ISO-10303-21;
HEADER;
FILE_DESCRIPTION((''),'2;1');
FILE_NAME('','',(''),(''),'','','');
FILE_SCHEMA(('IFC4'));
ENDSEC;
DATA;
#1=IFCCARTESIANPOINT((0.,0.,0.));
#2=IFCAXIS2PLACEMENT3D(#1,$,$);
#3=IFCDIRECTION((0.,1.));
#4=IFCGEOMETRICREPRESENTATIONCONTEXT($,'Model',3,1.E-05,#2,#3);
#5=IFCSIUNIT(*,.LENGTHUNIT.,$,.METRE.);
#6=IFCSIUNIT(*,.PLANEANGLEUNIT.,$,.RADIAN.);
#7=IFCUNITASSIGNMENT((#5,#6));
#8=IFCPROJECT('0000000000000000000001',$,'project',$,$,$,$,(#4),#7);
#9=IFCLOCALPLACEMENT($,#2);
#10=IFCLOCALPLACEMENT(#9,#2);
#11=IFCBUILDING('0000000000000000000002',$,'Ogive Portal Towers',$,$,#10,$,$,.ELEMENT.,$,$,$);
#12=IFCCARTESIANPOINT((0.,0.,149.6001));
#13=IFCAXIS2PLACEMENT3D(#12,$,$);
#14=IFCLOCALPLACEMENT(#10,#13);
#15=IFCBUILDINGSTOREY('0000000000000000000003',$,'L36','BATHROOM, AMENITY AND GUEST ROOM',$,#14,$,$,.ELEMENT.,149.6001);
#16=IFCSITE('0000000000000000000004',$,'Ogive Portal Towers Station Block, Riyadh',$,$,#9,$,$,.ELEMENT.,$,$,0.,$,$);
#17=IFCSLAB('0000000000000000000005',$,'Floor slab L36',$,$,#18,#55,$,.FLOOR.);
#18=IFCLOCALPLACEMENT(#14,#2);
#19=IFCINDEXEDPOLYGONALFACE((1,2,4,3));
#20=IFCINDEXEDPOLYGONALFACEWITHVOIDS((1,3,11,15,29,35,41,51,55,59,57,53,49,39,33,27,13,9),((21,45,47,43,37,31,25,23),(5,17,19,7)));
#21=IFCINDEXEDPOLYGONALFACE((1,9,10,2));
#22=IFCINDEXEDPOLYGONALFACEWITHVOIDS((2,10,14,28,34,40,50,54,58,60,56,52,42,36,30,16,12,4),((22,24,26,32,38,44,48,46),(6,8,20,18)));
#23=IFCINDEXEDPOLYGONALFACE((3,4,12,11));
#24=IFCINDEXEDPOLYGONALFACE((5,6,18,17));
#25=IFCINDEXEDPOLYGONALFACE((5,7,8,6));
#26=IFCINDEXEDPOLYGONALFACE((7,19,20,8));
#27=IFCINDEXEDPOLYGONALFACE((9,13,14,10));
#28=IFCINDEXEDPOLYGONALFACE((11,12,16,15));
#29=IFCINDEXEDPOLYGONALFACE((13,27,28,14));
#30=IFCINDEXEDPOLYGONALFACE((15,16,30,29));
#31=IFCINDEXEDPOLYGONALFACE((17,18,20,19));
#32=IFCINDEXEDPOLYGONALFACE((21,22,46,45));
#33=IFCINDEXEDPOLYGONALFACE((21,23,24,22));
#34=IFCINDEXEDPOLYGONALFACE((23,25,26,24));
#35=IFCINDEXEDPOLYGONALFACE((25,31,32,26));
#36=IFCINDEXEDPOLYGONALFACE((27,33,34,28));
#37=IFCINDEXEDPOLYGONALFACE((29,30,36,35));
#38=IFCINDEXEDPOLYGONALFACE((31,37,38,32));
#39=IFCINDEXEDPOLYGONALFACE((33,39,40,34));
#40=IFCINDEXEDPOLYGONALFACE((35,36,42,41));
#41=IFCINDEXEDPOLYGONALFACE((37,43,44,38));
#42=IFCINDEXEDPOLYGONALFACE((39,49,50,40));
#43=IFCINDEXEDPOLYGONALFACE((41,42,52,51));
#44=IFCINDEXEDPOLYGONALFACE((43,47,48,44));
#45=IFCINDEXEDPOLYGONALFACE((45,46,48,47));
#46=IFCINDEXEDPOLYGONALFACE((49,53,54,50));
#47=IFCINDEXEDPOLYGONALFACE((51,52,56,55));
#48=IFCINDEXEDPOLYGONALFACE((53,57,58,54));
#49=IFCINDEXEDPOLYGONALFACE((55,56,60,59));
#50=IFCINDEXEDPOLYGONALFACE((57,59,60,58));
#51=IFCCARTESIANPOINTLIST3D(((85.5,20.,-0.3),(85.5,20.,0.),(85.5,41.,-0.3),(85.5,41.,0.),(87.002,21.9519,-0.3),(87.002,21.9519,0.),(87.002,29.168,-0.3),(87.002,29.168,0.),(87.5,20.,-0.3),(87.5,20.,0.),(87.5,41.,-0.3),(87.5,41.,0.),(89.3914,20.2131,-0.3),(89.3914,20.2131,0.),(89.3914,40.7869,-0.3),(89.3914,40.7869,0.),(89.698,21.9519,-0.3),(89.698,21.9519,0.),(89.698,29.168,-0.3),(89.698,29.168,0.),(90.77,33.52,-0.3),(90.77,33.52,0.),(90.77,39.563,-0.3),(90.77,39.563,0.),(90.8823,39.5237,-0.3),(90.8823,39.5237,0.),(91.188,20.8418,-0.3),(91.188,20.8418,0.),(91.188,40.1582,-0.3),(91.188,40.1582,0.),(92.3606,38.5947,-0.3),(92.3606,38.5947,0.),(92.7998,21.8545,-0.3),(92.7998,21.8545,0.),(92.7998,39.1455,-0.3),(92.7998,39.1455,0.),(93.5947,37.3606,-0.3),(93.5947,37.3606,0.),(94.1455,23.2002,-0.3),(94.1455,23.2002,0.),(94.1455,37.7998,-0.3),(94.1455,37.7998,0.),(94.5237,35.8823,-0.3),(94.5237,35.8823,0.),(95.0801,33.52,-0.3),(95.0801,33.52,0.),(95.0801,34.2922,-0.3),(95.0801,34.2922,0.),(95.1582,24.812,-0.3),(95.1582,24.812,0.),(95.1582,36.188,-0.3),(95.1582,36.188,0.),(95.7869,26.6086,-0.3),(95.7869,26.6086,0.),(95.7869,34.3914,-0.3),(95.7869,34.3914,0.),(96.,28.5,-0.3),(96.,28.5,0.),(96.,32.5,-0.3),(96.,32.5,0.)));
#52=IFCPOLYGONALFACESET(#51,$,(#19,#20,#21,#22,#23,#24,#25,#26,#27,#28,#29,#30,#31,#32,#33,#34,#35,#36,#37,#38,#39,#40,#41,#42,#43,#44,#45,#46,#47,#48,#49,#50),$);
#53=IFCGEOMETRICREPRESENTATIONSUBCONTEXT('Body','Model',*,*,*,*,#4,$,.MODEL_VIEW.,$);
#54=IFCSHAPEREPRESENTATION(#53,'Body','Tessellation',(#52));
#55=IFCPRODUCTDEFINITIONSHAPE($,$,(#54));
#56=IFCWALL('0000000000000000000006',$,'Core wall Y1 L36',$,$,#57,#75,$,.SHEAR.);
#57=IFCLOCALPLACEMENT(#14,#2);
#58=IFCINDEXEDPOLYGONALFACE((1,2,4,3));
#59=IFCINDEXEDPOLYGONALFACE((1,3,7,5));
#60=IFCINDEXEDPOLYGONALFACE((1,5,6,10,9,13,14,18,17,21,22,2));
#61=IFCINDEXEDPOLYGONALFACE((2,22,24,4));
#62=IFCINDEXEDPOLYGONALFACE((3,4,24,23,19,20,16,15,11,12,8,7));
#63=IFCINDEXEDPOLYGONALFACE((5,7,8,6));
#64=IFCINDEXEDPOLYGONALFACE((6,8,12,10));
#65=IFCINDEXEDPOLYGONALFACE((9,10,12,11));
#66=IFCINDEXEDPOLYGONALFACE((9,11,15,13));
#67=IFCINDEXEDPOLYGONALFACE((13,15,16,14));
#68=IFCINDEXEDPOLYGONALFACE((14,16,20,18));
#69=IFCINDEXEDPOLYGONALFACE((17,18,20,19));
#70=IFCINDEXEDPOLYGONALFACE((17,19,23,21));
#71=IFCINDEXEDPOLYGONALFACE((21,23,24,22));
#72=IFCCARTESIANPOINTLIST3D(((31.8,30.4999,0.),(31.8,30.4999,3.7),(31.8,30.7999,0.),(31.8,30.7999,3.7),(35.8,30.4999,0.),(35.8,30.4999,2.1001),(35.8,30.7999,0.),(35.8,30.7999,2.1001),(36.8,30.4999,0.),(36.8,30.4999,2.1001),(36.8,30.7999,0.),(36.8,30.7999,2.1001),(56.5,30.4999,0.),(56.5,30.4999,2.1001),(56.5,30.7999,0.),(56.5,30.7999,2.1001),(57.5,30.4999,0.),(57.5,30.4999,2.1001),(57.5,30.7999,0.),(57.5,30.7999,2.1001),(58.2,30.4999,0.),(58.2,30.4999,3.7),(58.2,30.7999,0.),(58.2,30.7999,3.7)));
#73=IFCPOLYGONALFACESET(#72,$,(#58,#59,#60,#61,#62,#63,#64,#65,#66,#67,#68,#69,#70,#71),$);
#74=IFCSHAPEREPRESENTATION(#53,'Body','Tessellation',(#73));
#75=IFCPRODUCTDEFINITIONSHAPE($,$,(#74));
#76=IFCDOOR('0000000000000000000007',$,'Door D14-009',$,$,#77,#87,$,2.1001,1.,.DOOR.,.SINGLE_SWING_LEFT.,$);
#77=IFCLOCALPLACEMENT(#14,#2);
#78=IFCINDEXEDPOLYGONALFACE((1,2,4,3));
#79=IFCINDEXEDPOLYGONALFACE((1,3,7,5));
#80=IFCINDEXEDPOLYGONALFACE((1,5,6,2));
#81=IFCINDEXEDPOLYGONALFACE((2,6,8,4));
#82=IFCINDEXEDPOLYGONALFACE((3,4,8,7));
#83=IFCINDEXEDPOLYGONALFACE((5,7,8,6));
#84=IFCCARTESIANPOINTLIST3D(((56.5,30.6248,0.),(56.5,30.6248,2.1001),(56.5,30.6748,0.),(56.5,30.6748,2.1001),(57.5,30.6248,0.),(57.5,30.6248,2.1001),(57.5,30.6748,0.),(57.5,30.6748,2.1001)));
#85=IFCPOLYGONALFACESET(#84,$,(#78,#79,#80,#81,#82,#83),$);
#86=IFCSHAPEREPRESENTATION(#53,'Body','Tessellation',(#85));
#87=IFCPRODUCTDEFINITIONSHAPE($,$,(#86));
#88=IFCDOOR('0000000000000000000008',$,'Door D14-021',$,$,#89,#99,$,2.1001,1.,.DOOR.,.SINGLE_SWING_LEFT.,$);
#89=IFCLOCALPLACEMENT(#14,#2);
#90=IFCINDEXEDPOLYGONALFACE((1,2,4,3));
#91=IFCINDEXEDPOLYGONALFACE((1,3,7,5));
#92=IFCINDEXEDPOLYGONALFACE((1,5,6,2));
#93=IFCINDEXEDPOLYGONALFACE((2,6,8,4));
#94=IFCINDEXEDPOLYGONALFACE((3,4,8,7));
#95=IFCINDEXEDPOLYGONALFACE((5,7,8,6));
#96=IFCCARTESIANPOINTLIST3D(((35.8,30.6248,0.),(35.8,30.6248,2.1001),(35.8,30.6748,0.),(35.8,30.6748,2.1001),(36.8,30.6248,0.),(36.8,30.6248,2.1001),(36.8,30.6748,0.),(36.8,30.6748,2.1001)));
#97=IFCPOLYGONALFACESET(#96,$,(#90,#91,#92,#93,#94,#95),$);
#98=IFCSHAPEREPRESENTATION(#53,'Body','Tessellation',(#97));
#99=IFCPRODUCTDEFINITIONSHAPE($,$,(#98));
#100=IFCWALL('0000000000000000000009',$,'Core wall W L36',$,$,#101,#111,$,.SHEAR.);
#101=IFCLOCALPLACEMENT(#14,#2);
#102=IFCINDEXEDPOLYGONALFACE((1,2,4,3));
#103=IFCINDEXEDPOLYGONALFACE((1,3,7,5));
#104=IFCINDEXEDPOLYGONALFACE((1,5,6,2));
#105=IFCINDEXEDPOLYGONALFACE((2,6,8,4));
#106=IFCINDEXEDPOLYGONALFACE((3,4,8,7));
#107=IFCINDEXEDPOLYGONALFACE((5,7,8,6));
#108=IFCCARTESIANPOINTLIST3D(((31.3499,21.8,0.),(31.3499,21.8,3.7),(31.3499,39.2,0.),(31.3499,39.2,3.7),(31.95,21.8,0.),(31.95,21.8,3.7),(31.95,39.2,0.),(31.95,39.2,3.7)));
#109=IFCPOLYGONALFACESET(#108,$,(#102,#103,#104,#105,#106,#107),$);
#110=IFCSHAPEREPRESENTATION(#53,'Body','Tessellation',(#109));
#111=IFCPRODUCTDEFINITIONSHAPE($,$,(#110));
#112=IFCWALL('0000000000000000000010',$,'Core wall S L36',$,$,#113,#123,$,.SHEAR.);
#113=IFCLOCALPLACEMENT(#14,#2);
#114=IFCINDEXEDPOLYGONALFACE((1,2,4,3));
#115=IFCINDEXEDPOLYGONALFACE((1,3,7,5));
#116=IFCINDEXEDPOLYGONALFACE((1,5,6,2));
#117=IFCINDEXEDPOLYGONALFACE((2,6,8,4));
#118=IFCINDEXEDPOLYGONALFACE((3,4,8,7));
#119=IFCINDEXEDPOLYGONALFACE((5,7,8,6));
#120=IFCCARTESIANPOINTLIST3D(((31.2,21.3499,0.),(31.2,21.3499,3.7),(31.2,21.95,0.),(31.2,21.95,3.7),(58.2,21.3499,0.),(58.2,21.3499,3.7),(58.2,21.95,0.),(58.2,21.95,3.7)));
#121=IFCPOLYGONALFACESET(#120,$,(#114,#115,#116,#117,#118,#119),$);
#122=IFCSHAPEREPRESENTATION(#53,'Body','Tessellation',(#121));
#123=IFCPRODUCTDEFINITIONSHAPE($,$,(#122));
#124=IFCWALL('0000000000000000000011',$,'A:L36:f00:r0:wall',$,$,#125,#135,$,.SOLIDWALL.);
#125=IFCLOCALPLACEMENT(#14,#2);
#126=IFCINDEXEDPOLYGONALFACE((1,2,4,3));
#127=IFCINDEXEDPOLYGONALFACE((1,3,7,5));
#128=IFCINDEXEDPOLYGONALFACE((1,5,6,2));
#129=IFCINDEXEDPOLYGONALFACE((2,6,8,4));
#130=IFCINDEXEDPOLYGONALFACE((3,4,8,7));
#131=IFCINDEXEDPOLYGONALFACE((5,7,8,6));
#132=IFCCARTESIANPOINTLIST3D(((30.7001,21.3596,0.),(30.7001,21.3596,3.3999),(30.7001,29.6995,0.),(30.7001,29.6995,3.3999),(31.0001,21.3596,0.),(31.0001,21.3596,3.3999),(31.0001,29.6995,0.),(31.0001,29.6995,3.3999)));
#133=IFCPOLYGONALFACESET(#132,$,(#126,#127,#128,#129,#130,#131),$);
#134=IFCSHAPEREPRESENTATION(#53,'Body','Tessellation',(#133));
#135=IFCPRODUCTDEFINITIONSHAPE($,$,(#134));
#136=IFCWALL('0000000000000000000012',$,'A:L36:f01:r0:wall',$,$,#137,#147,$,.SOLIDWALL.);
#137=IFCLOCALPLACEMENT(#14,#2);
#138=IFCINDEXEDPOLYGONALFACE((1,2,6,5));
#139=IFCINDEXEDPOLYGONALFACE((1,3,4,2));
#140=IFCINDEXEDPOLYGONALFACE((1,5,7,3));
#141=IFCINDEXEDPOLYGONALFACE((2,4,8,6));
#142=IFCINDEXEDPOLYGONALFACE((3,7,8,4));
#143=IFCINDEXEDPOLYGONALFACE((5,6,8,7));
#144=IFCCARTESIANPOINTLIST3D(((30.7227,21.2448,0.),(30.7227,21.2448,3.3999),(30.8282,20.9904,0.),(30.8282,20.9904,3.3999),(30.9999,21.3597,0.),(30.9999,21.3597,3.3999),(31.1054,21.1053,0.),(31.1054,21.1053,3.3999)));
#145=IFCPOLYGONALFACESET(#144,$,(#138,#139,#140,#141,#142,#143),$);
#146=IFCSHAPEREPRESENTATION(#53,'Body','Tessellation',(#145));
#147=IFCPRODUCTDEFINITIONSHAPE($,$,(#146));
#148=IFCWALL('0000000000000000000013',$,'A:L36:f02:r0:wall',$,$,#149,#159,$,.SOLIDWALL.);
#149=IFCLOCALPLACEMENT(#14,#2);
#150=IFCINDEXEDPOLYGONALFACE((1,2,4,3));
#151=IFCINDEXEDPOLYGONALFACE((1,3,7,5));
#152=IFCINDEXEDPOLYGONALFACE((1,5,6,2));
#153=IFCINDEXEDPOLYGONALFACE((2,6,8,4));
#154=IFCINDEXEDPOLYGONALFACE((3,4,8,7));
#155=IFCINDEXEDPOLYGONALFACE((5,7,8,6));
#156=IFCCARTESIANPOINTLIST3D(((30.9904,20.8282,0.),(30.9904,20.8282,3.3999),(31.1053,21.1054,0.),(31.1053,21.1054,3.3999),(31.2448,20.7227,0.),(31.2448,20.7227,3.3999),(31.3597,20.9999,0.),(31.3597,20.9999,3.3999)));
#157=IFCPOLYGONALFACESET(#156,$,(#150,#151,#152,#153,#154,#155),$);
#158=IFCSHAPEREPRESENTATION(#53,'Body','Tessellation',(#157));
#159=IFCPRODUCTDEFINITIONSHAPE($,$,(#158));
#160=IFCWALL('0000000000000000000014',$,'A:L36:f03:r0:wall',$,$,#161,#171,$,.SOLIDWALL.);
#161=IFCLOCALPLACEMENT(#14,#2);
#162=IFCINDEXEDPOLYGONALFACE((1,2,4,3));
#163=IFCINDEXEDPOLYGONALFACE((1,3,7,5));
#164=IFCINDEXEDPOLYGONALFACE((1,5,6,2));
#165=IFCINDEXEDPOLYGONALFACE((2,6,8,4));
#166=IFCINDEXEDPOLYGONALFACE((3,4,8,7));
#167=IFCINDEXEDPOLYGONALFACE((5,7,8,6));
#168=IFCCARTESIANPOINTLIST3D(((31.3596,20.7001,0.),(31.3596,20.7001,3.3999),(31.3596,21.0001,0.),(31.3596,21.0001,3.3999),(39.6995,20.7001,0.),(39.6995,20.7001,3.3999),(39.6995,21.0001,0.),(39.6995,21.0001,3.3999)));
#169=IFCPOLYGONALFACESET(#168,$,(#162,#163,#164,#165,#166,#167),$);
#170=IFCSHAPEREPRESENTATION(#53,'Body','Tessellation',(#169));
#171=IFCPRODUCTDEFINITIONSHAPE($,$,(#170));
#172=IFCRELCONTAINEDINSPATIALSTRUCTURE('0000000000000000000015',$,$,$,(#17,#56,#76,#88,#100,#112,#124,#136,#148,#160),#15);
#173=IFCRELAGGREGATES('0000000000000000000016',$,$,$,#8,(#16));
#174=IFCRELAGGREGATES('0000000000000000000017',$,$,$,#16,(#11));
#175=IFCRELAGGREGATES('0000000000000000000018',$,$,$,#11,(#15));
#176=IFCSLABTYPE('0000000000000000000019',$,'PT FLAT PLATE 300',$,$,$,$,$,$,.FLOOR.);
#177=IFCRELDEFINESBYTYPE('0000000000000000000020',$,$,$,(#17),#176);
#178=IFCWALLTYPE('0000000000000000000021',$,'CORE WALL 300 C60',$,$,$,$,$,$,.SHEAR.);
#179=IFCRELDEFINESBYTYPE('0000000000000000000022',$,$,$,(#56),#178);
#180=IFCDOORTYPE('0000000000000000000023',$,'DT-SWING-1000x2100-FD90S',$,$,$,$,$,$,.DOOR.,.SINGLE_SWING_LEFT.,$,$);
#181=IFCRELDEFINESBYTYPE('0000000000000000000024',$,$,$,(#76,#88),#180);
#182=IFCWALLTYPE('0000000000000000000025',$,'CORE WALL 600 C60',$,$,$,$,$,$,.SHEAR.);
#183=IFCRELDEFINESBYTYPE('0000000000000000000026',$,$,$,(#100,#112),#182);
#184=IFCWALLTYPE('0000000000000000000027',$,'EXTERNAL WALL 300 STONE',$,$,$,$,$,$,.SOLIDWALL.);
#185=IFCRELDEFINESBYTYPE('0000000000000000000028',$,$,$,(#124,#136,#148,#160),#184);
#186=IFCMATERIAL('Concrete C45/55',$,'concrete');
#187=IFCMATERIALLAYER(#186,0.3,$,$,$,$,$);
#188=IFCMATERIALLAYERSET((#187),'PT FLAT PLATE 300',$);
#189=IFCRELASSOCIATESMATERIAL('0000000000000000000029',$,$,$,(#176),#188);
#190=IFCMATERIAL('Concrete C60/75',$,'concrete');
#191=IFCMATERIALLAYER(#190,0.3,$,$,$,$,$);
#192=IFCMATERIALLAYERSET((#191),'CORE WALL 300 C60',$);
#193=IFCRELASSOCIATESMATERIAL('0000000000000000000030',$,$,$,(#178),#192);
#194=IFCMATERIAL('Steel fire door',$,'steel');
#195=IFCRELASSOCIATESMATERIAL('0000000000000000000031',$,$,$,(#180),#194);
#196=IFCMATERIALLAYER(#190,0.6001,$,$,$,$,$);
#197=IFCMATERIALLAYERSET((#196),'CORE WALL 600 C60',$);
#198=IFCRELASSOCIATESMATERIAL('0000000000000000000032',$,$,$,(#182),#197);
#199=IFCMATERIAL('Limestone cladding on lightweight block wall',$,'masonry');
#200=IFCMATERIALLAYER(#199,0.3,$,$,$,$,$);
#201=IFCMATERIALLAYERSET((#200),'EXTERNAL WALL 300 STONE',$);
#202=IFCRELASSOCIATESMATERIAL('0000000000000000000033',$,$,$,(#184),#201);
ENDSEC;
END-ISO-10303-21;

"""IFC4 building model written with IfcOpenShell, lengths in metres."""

from ifc_helpers import new_model, si_unit, direction, frame, frame_2d, origin, place, context, subcontext, project, spatial, polyline, rectangle, outline, extrude, material, layer, layer_set, type_object, element, fill, save


model = new_model("IFC4")

# Units and contexts
model_context = context("Model", 3, precision=1e-05, world=origin(), true_north=direction((0.0, 1.0)))
body_context = subcontext(model_context, "Body", "Model", "MODEL_VIEW")
ifc_project = project(units=[si_unit("LENGTHUNIT", "METRE"), si_unit("PLANEANGLEUNIT", "RADIAN")], contexts=[model_context])

# Site, building, storey
site_placement = place(None, origin())
site = spatial("IfcSite", under=ifc_project, at=site_placement, Name="Ogive Portal Towers Station Block, Riyadh", CompositionType="ELEMENT", RefElevation=0.0)
building_placement = place(site_placement, origin())
building = spatial("IfcBuilding", under=site, at=building_placement, Name="Ogive Portal Towers", CompositionType="ELEMENT")
storey_placement = place(building_placement, frame((0.0, 0.0, 149.6001)))
storey = spatial("IfcBuildingStorey", under=building, at=storey_placement, Name="L36", Description="BATHROOM, AMENITY AND GUEST ROOM", CompositionType="ELEMENT", Elevation=149.6001)

# Slab
ifc_material_1 = material(Name="Concrete C45/55", Category="concrete")
ifc_layer_1 = layer(ifc_material_1, 0.3)
ifc_layer_set_1 = layer_set([ifc_layer_1], Name="PT FLAT PLATE 300")
slab_type_1 = type_object("IfcSlabType", Name="PT FLAT PLATE 300", PredefinedType="FLOOR", material=ifc_layer_set_1)
slab_1_placement = place(storey_placement, frame((0.0, 0.0, -0.3)))
element("IfcSlab", 1, at=slab_1_placement, inside=storey, type_object=slab_type_1, Name="Floor slab L36", PredefinedType="FLOOR", context=body_context, shape_type="SweptSolid", body=[
    extrude(outline(polyline([(89.3914, 40.7869), (87.5, 41.0), (85.5, 41.0), (85.5, 20.0), (87.5, 20.0), (89.3914, 20.2131), (91.188, 20.8418), (92.7998, 21.8545), (94.1455, 23.2002), (95.1582, 24.812), (95.7869, 26.6086), (96.0, 28.5), (96.0, 32.5), (95.7869, 34.3914), (95.1582, 36.188), (94.1455, 37.7998), (92.7998, 39.1455), (91.188, 40.1582), (89.3914, 40.7869)]), holes=[polyline([(87.002, 21.9519), (87.002, 29.168), (89.698, 29.168), (89.698, 21.9519), (87.002, 21.9519)]), polyline([(93.5947, 37.3606), (94.5237, 35.8823), (95.0801, 34.2922), (95.0801, 33.52), (90.77, 33.52), (90.77, 39.563), (90.8823, 39.5237), (92.3606, 38.5947), (93.5947, 37.3606)])]), origin(), (0.0, 0.0, 1.0), 0.3),
])

# Wall, openings, doors
ifc_material_2 = material(Name="Concrete C60/75", Category="concrete")
ifc_layer_2 = layer(ifc_material_2, 0.3)
ifc_layer_set_2 = layer_set([ifc_layer_2], Name="CORE WALL 300 C60")
wall_type_1 = type_object("IfcWallType", Name="CORE WALL 300 C60", PredefinedType="SHEAR", material=ifc_layer_set_2)
wall_1_placement = place(storey_placement, frame((31.8, 30.6499, 0.0), z_axis=(0.0, 0.0, 1.0), x_axis=(1.0, 0.0, 0.0)))
wall_1 = element("IfcWall", 2, at=wall_1_placement, inside=storey, type_object=wall_type_1, Name="Core wall Y1 L36", PredefinedType="SHEAR", context=body_context, shape_type="SweptSolid", body=[
    extrude(rectangle(XDim=26.3999, YDim=0.3, at=frame_2d((13.2, 0.0))), origin(), (0.0, 0.0, 1.0), 3.7),
])
opening_1_placement = place(wall_1_placement, frame((24.7, 0.0, 0.0)))
opening_1 = element("IfcOpeningElement", 3, at=opening_1_placement, cuts=wall_1, PredefinedType="OPENING", context=body_context, shape_type="SweptSolid", body=[
    extrude(rectangle(XDim=1.0, YDim=2.1001, at=frame_2d((0.5, 1.05))), frame((0.0, 0.1602, 0.0), z_axis=(0.0, -1.0, 0.0), x_axis=(1.0, 0.0, 0.0)), (0.0, 0.0, 1.0), 0.3201),
])
opening_2_placement = place(wall_1_placement, frame((4.0, 0.0, 0.0)))
opening_2 = element("IfcOpeningElement", 4, at=opening_2_placement, cuts=wall_1, PredefinedType="OPENING", context=body_context, shape_type="SweptSolid", body=[
    extrude(rectangle(XDim=1.0, YDim=2.1001, at=frame_2d((0.5, 1.05))), frame((0.0, 0.1602, 0.0), z_axis=(0.0, -1.0, 0.0), x_axis=(1.0, 0.0, 0.0)), (0.0, 0.0, 1.0), 0.3201),
])
ifc_material_3 = material(Name="Steel fire door", Category="steel")
door_type_1 = type_object("IfcDoorType", Name="DT-SWING-1000x2100-FD90S", OperationType="SINGLE_SWING_LEFT", PredefinedType="DOOR", material=ifc_material_3)
door_1_placement = place(opening_1_placement, origin())
door_1 = element("IfcDoor", 5, at=door_1_placement, inside=storey, type_object=door_type_1, Name="Door D14-009", OperationType="SINGLE_SWING_LEFT", OverallHeight=2.1001, OverallWidth=1.0, PredefinedType="DOOR", context=body_context, shape_type="SweptSolid", body=[
    extrude(rectangle(XDim=1.0, YDim=2.1001, at=frame_2d((0.5, 1.05))), frame((0.0, 0.0249, 0.0), z_axis=(0.0, -1.0, 0.0), x_axis=(1.0, 0.0, 0.0)), (0.0, 0.0, 1.0), 0.05),
])
fill(opening_1, door_1)
door_2_placement = place(opening_2_placement, origin())
door_2 = element("IfcDoor", 6, at=door_2_placement, inside=storey, type_object=door_type_1, Name="Door D14-021", OperationType="SINGLE_SWING_LEFT", OverallHeight=2.1001, OverallWidth=1.0, PredefinedType="DOOR", context=body_context, shape_type="SweptSolid", body=[
    extrude(rectangle(XDim=1.0, YDim=2.1001, at=frame_2d((0.5, 1.05))), frame((0.0, 0.0249, 0.0), z_axis=(0.0, -1.0, 0.0), x_axis=(1.0, 0.0, 0.0)), (0.0, 0.0, 1.0), 0.05),
])
fill(opening_2, door_2)

# Walls
ifc_layer_3 = layer(ifc_material_2, 0.6001)
ifc_layer_set_3 = layer_set([ifc_layer_3], Name="CORE WALL 600 C60")
wall_type_2 = type_object("IfcWallType", Name="CORE WALL 600 C60", PredefinedType="SHEAR", material=ifc_layer_set_3)
wall_2_placement = place(storey_placement, frame((31.6499, 21.8, 0.0), z_axis=(0.0, 0.0, 1.0), x_axis=(0.0, 1.0, 0.0)))
element("IfcWall", 7, at=wall_2_placement, inside=storey, type_object=wall_type_2, Name="Core wall W L36", PredefinedType="SHEAR", context=body_context, shape_type="SweptSolid", body=[
    extrude(rectangle(XDim=17.3999, YDim=0.6001, at=frame_2d((8.7, 0.0))), origin(), (0.0, 0.0, 1.0), 3.7),
])
wall_3_placement = place(storey_placement, frame((31.2, 21.6499, 0.0), z_axis=(0.0, 0.0, 1.0), x_axis=(1.0, 0.0, 0.0)))
element("IfcWall", 8, at=wall_3_placement, inside=storey, type_object=wall_type_2, Name="Core wall S L36", PredefinedType="SHEAR", context=body_context, shape_type="SweptSolid", body=[
    extrude(rectangle(XDim=27.0, YDim=0.6001, at=frame_2d((13.5, 0.0))), origin(), (0.0, 0.0, 1.0), 3.7),
])
ifc_material_4 = material(Name="Limestone cladding on lightweight block wall", Category="masonry")
ifc_layer_4 = layer(ifc_material_4, 0.3)
ifc_layer_set_4 = layer_set([ifc_layer_4], Name="EXTERNAL WALL 300 STONE")
wall_type_3 = type_object("IfcWallType", Name="EXTERNAL WALL 300 STONE", PredefinedType="SOLIDWALL", material=ifc_layer_set_4)
wall_4_placement = place(storey_placement, frame((30.8501, 29.6995, 0.0), z_axis=(0.0, 0.0, 1.0), x_axis=(0.0, -1.0, 0.0)))
element("IfcWall", 9, at=wall_4_placement, inside=storey, type_object=wall_type_3, Name="A:L36:f00:r0:wall", PredefinedType="SOLIDWALL", context=body_context, shape_type="SweptSolid", body=[
    extrude(rectangle(XDim=8.3398, YDim=0.3, at=frame_2d((4.1699, 0.0))), origin(), (0.0, 0.0, 1.0), 3.3999),
])
for number, where, z_axis, x_axis, name in (
    (10, (30.8613, 21.3022, 0.0), (0.0, 0.0, 1.0), (0.382978, -0.923757, 0.0), "A:L36:f01:r0:wall"),
    (11, (31.0479, 20.9668, 0.0), (0.0, 0.0, 1.0), (0.923757, -0.382978, 0.0), "A:L36:f02:r0:wall"),
):
    element("IfcWall", number, at=place(storey_placement, frame(where, z_axis=z_axis, x_axis=x_axis)), inside=storey, type_object=wall_type_3, Name=name, PredefinedType="SOLIDWALL", context=body_context, shape_type="SweptSolid", body=[
        extrude(rectangle(XDim=0.2754, YDim=0.3, at=frame_2d((0.1377, 0.0))), origin(), (0.0, 0.0, 1.0), 3.3999),
    ])
wall_5_placement = place(storey_placement, frame((31.3596, 20.8501, 0.0), z_axis=(0.0, 0.0, 1.0), x_axis=(1.0, 0.0, 0.0)))
element("IfcWall", 12, at=wall_5_placement, inside=storey, type_object=wall_type_3, Name="A:L36:f03:r0:wall", PredefinedType="SOLIDWALL", context=body_context, shape_type="SweptSolid", body=[
    extrude(rectangle(XDim=8.3398, YDim=0.3, at=frame_2d((4.1699, 0.0))), origin(), (0.0, 0.0, 1.0), 3.3999),
])

save(model, "model.ifc")
